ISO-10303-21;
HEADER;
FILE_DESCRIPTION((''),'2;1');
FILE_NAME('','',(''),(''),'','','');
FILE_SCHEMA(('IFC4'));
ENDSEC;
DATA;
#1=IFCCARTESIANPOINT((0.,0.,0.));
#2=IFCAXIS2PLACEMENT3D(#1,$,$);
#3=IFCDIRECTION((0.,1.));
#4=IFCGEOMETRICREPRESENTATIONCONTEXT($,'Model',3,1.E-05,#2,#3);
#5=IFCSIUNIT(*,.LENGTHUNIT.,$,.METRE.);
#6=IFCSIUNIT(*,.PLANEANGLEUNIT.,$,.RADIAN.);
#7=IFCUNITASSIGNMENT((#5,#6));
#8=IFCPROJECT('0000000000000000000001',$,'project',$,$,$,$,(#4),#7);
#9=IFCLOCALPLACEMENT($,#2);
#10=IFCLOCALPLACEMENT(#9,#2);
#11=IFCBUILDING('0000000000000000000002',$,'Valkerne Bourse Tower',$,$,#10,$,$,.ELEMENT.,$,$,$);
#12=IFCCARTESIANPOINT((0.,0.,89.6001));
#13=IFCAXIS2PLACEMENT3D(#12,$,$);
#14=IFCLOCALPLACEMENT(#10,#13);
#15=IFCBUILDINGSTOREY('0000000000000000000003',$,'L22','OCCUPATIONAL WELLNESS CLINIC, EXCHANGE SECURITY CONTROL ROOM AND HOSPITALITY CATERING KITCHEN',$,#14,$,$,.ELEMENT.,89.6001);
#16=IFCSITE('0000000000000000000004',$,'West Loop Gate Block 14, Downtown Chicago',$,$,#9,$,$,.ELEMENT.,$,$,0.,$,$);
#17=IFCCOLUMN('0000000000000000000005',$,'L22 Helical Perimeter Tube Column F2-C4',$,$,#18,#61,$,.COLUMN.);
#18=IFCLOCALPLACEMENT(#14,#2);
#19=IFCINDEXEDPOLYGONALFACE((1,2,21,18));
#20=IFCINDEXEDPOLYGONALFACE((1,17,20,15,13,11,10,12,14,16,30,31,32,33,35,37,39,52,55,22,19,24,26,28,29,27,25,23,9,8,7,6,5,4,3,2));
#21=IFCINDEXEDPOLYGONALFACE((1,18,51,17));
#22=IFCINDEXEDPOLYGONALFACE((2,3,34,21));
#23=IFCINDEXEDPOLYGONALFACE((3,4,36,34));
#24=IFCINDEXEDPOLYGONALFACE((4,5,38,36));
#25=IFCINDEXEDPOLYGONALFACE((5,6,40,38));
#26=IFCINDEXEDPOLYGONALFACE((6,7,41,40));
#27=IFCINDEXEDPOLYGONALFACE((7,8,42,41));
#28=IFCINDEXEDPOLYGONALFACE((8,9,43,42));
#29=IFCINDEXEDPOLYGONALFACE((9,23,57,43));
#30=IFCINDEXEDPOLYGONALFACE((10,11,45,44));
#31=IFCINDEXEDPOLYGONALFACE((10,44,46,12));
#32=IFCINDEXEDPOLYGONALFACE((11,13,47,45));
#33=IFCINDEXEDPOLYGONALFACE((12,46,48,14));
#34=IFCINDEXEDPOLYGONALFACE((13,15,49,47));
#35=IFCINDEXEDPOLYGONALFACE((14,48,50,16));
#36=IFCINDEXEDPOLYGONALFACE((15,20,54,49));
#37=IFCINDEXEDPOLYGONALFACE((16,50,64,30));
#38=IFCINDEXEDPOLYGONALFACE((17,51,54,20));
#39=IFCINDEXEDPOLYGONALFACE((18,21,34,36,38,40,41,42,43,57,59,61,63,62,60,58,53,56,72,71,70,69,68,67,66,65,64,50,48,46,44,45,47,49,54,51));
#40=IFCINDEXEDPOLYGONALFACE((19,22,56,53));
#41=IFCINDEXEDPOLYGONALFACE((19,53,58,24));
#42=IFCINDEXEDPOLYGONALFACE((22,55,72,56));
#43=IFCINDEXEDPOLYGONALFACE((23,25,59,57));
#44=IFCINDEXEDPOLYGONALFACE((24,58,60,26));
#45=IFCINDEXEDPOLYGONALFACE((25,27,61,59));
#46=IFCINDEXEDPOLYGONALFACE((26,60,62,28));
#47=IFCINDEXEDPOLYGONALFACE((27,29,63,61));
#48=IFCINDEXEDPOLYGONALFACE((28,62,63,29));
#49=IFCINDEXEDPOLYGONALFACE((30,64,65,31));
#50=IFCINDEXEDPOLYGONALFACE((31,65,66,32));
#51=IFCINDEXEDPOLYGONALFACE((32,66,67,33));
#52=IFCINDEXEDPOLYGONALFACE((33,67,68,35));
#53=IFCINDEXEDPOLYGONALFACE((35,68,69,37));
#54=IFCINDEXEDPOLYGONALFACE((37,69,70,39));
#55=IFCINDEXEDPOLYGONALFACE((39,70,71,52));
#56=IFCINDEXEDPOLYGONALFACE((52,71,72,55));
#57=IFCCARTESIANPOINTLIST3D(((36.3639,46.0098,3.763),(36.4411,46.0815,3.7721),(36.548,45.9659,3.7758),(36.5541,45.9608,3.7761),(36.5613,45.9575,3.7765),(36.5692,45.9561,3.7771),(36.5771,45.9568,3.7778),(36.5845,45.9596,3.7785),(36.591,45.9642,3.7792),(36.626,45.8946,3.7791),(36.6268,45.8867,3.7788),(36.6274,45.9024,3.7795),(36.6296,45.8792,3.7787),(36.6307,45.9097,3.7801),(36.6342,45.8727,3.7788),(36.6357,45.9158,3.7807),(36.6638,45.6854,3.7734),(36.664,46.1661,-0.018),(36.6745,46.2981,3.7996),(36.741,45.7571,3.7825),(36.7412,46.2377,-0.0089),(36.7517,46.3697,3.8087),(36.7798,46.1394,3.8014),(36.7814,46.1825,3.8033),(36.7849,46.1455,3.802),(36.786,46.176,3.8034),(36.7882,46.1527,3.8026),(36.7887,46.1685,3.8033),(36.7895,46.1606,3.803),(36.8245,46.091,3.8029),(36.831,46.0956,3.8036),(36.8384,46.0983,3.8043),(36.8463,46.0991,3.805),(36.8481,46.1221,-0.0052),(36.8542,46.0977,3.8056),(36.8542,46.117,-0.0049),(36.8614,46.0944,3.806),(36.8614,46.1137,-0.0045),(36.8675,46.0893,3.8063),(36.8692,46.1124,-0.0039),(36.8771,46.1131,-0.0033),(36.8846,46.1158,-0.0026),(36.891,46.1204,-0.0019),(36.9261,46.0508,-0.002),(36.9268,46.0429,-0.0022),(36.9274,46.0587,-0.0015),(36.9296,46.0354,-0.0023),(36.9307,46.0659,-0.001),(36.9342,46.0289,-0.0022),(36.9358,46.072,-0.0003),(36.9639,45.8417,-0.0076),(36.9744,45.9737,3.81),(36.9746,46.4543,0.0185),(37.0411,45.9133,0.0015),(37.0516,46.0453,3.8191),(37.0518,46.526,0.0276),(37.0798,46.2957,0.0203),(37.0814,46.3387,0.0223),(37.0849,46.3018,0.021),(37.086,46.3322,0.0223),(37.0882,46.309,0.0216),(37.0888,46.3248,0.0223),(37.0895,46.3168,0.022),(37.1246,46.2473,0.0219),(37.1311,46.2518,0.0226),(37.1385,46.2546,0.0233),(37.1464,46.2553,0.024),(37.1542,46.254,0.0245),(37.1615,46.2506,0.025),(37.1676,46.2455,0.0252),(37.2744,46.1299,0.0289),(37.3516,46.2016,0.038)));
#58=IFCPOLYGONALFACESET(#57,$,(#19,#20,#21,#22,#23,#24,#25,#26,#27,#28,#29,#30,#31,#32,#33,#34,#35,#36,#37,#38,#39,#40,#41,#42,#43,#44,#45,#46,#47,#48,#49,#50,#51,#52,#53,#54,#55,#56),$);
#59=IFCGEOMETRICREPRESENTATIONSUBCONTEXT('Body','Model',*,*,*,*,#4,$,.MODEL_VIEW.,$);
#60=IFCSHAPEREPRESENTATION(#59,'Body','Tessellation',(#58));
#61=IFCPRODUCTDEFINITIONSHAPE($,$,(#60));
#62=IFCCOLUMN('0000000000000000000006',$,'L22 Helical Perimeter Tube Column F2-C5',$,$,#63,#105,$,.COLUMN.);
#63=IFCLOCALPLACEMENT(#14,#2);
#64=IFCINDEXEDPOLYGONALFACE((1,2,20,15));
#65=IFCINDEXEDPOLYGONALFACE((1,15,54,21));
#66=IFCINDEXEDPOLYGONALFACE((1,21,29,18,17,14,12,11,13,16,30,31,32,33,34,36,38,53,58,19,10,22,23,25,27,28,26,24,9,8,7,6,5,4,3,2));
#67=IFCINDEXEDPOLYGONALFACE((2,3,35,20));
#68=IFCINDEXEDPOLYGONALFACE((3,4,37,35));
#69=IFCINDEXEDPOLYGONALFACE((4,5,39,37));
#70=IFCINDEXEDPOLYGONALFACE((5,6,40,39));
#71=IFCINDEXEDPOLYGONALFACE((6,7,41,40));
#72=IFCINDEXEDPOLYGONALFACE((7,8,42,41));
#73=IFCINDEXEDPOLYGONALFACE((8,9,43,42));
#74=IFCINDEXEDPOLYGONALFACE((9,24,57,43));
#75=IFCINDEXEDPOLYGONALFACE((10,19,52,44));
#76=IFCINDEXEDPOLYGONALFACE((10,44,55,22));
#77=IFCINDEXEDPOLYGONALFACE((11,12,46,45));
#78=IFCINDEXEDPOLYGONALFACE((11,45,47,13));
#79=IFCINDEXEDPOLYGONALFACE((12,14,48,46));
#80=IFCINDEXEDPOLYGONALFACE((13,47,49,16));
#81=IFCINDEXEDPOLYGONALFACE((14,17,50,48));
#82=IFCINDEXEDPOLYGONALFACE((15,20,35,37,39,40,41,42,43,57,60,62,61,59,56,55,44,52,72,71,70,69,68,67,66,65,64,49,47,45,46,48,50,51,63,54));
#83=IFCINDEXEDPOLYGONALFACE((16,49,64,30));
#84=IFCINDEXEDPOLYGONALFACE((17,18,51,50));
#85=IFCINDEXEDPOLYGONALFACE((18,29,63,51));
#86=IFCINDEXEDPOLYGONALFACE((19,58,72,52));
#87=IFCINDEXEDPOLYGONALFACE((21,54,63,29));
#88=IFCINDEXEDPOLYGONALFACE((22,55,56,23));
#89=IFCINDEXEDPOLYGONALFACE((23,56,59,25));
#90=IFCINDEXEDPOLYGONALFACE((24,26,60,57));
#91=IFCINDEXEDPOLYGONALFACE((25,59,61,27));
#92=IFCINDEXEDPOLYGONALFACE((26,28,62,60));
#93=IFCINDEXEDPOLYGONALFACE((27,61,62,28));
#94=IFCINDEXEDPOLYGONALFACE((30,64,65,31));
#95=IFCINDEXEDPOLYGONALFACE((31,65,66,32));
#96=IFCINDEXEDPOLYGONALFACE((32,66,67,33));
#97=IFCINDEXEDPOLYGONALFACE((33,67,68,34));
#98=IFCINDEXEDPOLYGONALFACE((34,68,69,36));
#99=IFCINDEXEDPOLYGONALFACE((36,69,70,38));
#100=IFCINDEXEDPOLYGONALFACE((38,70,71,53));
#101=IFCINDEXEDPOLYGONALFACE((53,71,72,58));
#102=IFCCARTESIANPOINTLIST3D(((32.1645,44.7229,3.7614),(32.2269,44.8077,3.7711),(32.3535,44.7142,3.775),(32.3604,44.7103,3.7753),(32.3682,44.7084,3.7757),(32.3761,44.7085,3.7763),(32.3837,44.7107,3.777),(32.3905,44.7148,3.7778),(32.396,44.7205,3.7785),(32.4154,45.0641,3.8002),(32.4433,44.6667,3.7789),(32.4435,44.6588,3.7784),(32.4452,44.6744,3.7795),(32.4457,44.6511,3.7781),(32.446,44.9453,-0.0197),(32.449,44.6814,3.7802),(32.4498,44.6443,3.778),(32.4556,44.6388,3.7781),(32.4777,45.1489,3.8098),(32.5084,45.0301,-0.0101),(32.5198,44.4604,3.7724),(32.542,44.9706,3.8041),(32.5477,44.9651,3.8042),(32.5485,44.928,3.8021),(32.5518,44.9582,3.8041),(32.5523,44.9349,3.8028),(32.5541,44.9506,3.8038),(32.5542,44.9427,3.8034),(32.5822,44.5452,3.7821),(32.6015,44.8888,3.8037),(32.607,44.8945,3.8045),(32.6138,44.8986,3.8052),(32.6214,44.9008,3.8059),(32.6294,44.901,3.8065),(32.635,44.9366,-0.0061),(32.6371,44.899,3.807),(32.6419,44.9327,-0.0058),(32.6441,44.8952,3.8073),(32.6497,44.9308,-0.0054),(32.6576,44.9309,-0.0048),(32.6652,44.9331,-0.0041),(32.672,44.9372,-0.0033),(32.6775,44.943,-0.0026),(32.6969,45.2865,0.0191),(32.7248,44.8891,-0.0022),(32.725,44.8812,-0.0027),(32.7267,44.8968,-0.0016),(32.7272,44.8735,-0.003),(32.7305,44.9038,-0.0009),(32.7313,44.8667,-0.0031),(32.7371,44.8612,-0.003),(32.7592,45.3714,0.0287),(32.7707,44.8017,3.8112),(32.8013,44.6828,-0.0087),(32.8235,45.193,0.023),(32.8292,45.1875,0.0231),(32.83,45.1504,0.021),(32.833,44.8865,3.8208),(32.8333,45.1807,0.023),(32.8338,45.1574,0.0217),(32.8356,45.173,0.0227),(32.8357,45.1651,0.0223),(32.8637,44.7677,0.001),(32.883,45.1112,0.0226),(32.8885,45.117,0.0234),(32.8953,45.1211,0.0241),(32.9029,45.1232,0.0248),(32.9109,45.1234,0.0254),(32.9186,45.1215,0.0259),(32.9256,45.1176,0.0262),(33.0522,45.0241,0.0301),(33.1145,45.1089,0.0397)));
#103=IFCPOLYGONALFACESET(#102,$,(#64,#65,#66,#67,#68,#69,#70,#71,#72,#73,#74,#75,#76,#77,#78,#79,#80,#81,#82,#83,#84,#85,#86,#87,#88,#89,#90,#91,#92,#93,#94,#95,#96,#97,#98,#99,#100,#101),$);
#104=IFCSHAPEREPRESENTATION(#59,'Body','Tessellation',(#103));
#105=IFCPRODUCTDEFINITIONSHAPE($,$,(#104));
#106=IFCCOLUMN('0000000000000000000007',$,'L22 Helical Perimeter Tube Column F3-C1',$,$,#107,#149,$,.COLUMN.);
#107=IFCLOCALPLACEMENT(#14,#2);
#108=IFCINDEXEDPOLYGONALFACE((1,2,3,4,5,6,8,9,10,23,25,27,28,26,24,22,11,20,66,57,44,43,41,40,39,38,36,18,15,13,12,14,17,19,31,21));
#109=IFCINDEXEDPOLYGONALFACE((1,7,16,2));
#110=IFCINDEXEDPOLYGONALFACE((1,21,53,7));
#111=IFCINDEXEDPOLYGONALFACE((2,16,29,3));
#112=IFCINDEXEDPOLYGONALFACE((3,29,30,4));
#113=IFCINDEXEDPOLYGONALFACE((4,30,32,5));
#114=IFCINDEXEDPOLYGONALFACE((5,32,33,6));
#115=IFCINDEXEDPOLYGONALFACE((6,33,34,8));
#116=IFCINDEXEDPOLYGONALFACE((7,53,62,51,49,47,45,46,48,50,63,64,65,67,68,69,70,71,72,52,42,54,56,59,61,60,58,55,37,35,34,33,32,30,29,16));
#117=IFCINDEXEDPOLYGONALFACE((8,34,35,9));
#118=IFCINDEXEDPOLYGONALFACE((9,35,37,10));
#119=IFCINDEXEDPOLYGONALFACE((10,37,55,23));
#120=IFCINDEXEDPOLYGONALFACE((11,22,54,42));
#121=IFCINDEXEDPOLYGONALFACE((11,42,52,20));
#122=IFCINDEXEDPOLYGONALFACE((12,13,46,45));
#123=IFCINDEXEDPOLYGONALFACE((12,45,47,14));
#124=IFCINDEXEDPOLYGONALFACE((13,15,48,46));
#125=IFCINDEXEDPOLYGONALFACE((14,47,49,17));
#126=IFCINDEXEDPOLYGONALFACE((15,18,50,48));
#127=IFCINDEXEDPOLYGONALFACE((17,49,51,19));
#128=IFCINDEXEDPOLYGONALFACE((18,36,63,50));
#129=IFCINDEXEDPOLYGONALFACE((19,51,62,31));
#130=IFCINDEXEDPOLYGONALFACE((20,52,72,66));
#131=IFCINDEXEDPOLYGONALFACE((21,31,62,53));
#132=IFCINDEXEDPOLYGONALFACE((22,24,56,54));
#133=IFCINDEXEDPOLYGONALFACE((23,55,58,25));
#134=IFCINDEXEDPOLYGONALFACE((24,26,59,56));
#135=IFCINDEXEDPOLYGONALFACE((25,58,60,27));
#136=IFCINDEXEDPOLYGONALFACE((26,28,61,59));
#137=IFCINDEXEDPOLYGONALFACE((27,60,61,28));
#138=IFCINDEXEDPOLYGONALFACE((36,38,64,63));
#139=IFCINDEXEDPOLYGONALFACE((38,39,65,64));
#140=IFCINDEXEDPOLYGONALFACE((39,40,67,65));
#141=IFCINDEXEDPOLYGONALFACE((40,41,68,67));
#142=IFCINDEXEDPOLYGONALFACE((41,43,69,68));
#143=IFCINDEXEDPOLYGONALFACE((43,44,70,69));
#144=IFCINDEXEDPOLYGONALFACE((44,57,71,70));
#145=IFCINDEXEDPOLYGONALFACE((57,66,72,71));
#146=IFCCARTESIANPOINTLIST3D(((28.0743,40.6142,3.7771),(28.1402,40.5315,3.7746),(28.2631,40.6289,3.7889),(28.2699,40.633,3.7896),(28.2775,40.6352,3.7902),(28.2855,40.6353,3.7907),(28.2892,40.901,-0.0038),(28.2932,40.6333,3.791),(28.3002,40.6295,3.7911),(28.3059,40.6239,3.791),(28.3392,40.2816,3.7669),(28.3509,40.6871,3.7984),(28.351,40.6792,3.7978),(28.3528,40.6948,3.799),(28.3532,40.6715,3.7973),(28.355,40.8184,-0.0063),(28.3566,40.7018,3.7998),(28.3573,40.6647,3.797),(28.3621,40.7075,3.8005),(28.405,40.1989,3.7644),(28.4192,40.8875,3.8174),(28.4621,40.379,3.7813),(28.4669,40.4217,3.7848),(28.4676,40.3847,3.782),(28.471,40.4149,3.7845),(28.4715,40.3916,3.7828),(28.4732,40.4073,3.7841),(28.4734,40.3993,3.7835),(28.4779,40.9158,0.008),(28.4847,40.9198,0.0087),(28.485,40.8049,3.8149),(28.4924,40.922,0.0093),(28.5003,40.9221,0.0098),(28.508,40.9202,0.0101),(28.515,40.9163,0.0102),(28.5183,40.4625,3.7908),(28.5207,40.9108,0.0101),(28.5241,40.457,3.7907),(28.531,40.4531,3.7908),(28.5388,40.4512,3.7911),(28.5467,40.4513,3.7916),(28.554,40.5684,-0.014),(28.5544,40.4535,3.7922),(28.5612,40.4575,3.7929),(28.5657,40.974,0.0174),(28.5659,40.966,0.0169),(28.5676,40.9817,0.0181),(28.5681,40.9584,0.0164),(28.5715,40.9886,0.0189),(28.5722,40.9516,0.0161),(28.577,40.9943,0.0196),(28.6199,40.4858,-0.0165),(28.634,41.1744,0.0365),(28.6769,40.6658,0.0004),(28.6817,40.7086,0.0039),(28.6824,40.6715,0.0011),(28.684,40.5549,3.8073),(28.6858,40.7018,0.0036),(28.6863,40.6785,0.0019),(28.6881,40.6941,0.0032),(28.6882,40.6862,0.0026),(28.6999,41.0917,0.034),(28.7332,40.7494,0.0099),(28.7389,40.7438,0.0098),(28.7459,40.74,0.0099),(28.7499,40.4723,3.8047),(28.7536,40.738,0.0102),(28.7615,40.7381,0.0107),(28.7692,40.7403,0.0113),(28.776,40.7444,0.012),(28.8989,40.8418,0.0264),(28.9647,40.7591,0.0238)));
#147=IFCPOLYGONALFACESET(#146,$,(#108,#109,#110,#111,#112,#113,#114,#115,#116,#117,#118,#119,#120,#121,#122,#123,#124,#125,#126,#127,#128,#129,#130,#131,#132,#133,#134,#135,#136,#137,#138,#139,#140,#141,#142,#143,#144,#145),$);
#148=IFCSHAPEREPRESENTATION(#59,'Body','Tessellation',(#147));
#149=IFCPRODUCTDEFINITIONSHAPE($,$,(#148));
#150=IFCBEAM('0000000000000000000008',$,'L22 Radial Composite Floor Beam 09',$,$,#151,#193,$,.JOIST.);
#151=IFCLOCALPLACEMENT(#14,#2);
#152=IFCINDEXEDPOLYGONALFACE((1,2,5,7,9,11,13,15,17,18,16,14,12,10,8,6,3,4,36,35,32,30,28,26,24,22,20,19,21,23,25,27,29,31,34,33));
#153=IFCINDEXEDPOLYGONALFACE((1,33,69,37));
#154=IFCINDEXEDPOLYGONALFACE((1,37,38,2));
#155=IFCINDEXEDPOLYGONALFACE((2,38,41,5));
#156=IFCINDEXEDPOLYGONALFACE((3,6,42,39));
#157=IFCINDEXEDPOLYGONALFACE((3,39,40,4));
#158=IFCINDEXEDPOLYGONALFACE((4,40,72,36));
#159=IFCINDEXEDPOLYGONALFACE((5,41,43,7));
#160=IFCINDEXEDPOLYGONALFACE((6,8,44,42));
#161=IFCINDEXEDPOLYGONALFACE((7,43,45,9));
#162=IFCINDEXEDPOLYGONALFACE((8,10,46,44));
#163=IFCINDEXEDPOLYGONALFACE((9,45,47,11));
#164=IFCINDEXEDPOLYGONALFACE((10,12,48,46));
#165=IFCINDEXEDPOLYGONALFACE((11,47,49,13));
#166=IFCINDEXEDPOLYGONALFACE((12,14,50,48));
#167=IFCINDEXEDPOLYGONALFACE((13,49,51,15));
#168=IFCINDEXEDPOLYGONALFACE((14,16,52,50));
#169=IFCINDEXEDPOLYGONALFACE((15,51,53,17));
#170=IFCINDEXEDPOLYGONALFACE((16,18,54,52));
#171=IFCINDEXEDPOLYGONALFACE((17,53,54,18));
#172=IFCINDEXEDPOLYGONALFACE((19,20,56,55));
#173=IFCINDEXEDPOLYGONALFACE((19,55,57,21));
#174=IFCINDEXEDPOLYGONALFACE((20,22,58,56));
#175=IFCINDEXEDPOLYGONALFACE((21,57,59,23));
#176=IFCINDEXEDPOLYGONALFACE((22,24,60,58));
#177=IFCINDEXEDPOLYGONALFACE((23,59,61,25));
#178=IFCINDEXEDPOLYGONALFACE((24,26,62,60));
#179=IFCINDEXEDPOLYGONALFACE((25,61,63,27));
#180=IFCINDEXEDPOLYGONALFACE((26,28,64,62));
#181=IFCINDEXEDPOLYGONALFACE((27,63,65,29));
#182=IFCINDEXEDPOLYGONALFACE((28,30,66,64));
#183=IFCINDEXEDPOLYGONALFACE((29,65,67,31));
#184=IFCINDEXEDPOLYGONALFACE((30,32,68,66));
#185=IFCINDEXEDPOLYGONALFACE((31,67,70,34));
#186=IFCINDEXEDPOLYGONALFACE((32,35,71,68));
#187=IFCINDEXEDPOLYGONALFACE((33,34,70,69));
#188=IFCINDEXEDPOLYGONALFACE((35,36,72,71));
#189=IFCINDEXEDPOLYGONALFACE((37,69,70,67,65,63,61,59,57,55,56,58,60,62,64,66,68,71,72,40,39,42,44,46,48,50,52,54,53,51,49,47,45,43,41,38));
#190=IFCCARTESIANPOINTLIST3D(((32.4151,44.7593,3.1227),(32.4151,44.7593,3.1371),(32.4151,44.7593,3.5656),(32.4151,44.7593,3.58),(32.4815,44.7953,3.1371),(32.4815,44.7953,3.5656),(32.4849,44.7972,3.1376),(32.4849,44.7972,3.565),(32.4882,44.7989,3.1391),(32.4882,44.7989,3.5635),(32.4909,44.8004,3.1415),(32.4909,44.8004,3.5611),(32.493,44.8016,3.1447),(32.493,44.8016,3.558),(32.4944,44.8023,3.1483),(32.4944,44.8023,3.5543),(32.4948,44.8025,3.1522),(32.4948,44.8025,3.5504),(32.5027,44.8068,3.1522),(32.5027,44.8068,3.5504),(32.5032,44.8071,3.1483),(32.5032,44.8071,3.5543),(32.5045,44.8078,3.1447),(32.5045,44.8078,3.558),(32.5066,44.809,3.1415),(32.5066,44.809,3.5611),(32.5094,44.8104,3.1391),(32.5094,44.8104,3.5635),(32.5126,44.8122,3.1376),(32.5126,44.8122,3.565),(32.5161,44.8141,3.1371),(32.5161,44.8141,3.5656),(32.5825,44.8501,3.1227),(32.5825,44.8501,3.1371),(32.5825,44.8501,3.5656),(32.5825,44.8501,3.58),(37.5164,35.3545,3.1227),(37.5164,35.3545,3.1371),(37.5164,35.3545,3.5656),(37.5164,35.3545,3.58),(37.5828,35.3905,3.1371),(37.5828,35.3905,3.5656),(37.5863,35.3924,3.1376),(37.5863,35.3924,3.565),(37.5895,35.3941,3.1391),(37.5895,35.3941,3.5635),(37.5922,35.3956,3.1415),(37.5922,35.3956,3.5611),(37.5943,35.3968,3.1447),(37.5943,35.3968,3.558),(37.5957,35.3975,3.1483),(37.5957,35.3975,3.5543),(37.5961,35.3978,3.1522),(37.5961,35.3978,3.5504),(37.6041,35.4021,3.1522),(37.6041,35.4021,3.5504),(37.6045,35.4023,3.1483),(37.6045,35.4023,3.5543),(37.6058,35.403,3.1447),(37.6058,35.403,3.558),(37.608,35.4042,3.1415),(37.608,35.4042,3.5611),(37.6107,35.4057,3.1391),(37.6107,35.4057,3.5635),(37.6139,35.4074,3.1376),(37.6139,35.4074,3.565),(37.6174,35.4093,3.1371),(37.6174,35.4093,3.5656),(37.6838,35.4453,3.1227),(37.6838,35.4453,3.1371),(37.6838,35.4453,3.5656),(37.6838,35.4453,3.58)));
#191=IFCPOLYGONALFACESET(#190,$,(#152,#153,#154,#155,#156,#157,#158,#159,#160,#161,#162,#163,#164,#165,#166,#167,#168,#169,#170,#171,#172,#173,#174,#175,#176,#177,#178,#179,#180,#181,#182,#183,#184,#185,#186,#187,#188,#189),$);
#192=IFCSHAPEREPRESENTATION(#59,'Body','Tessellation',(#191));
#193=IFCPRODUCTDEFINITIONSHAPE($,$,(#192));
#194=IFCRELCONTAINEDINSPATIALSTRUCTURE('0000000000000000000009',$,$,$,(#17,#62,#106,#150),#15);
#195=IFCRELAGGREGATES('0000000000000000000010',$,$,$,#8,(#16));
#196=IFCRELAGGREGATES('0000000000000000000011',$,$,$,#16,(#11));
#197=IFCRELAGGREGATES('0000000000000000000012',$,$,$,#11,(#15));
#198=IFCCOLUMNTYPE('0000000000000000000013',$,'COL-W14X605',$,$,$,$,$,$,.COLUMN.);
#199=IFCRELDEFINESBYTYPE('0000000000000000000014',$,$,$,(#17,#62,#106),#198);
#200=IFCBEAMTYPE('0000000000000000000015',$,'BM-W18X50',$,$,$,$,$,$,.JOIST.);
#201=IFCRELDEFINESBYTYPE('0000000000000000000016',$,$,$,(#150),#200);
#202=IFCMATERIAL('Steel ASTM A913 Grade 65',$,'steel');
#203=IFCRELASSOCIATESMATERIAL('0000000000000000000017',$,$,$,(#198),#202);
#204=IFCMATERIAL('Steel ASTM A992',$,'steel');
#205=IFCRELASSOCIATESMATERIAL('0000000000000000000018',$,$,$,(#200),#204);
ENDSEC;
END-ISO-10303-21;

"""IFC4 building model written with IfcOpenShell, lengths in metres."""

from ifc_helpers import new_model, si_unit, direction, frame, origin, origin_2d, place, context, subcontext, project, spatial, i_section, extrude, material, material_profile, profile_set, type_object, element, save


model = new_model("IFC4")

# Units and contexts
model_context = context("Model", 3, precision=1e-05, world=origin(), true_north=direction((0.0, 1.0)))
body_context = subcontext(model_context, "Body", "Model", "MODEL_VIEW")
ifc_project = project(units=[si_unit("LENGTHUNIT", "METRE"), si_unit("PLANEANGLEUNIT", "RADIAN")], contexts=[model_context])

# Site, building, storey
site_placement = place(None, origin())
site = spatial("IfcSite", under=ifc_project, at=site_placement, Name="West Loop Gate Block 14, Downtown Chicago", CompositionType="ELEMENT", RefElevation=0.0)
building_placement = place(site_placement, origin())
building = spatial("IfcBuilding", under=site, at=building_placement, Name="Valkerne Bourse Tower", CompositionType="ELEMENT")
storey_placement = place(building_placement, frame((0.0, 0.0, 89.6001)))
storey = spatial("IfcBuildingStorey", under=building, at=storey_placement, Name="L22", Description="OCCUPATIONAL WELLNESS CLINIC, EXCHANGE SECURITY CONTROL ROOM AND HOSPITALITY CATERING KITCHEN", CompositionType="ELEMENT", Elevation=89.6001)

# Columns
ifc_material_1 = material(Name="Steel ASTM A913 Grade 65", Category="steel")
ifc_material_profile_1 = material_profile(ifc_material_1, i_section(OverallWidth=0.4419, OverallDepth=0.531, WebThickness=0.0659, FlangeThickness=0.1057, FilletRadius=0.0305, at=origin_2d()), Name="W14X605")
ifc_profile_set_1 = profile_set([ifc_material_profile_1], Name="Steel ASTM A913 Grade 65")
column_type = type_object("IfcColumnType", Name="COL-W14X605", PredefinedType="COLUMN", material=ifc_profile_set_1)
column_1_placement = place(storey_placement, frame((37.0078, 46.1838, 0.01), z_axis=(-0.079041, -0.041161, 0.996021), x_axis=(-0.678615, 0.734118, -0.023515)))
element("IfcColumn", 1, at=column_1_placement, inside=storey, type_object=column_type, Name="L22 Helical Perimeter Tube Column F2-C4", PredefinedType="COLUMN", context=body_context, shape_type="SweptSolid", body=[
    extrude(i_section(OverallWidth=0.4419, OverallDepth=0.531, WebThickness=0.0659, FlangeThickness=0.1057, FilletRadius=0.0305, at=origin_2d()), origin(), (0.0, 0.0, 1.0), 3.7961),
])
column_2_placement = place(storey_placement, frame((32.7803, 45.0271, 0.01), z_axis=(-0.074117, -0.058561, 0.995529), x_axis=(-0.8041, 0.593972, -0.024925)))
element("IfcColumn", 2, at=column_2_placement, inside=storey, type_object=column_type, Name="L22 Helical Perimeter Tube Column F2-C5", PredefinedType="COLUMN", context=body_context, shape_type="SweptSolid", body=[
    extrude(i_section(OverallWidth=0.4419, OverallDepth=0.531, WebThickness=0.0659, FlangeThickness=0.1057, FilletRadius=0.0305, at=origin_2d()), origin(), (0.0, 0.0, 1.0), 3.7981),
])
column_3_placement = place(storey_placement, frame((28.627, 40.8301, 0.01), z_axis=(-0.056568, -0.075532, 0.995538), x_axis=(-0.780356, -0.618638, -0.091277)))
element("IfcColumn", 3, at=column_3_placement, inside=storey, type_object=column_type, Name="L22 Helical Perimeter Tube Column F3-C1", PredefinedType="COLUMN", context=body_context, shape_type="SweptSolid", body=[
    extrude(i_section(OverallWidth=0.4419, OverallDepth=0.531, WebThickness=0.0659, FlangeThickness=0.1057, FilletRadius=0.0305, at=origin_2d()), origin(), (0.0, 0.0, 1.0), 3.7979),
])

# Beam
ifc_material_2 = material(Name="Steel ASTM A992", Category="steel")
ifc_material_profile_2 = material_profile(ifc_material_2, i_section(OverallWidth=0.1904, OverallDepth=0.4573, WebThickness=0.009, FlangeThickness=0.0144, FilletRadius=0.0151, at=origin_2d()), Name="W18X50")
ifc_profile_set_2 = profile_set([ifc_material_profile_2], Name="Steel ASTM A992")
beam_type_1 = type_object("IfcBeamType", Name="BM-W18X50", PredefinedType="JOIST", material=ifc_profile_set_2)
beam_1_placement = place(storey_placement, frame((32.4988, 44.8047, 3.3513), z_axis=(0.476793, -0.879015, 0.0), x_axis=(0.879015, 0.476793, 0.0)))
element("IfcBeam", 4, at=beam_1_placement, inside=storey, type_object=beam_type_1, Name="L22 Radial Composite Floor Beam 09", PredefinedType="JOIST", context=body_context, shape_type="SweptSolid", body=[
    extrude(i_section(OverallWidth=0.1904, OverallDepth=0.4573, WebThickness=0.009, FlangeThickness=0.0144, FilletRadius=0.0151, at=origin_2d()), origin(), (0.0, 0.0, 1.0), 10.6992),
])

save(model, "model.ifc")
